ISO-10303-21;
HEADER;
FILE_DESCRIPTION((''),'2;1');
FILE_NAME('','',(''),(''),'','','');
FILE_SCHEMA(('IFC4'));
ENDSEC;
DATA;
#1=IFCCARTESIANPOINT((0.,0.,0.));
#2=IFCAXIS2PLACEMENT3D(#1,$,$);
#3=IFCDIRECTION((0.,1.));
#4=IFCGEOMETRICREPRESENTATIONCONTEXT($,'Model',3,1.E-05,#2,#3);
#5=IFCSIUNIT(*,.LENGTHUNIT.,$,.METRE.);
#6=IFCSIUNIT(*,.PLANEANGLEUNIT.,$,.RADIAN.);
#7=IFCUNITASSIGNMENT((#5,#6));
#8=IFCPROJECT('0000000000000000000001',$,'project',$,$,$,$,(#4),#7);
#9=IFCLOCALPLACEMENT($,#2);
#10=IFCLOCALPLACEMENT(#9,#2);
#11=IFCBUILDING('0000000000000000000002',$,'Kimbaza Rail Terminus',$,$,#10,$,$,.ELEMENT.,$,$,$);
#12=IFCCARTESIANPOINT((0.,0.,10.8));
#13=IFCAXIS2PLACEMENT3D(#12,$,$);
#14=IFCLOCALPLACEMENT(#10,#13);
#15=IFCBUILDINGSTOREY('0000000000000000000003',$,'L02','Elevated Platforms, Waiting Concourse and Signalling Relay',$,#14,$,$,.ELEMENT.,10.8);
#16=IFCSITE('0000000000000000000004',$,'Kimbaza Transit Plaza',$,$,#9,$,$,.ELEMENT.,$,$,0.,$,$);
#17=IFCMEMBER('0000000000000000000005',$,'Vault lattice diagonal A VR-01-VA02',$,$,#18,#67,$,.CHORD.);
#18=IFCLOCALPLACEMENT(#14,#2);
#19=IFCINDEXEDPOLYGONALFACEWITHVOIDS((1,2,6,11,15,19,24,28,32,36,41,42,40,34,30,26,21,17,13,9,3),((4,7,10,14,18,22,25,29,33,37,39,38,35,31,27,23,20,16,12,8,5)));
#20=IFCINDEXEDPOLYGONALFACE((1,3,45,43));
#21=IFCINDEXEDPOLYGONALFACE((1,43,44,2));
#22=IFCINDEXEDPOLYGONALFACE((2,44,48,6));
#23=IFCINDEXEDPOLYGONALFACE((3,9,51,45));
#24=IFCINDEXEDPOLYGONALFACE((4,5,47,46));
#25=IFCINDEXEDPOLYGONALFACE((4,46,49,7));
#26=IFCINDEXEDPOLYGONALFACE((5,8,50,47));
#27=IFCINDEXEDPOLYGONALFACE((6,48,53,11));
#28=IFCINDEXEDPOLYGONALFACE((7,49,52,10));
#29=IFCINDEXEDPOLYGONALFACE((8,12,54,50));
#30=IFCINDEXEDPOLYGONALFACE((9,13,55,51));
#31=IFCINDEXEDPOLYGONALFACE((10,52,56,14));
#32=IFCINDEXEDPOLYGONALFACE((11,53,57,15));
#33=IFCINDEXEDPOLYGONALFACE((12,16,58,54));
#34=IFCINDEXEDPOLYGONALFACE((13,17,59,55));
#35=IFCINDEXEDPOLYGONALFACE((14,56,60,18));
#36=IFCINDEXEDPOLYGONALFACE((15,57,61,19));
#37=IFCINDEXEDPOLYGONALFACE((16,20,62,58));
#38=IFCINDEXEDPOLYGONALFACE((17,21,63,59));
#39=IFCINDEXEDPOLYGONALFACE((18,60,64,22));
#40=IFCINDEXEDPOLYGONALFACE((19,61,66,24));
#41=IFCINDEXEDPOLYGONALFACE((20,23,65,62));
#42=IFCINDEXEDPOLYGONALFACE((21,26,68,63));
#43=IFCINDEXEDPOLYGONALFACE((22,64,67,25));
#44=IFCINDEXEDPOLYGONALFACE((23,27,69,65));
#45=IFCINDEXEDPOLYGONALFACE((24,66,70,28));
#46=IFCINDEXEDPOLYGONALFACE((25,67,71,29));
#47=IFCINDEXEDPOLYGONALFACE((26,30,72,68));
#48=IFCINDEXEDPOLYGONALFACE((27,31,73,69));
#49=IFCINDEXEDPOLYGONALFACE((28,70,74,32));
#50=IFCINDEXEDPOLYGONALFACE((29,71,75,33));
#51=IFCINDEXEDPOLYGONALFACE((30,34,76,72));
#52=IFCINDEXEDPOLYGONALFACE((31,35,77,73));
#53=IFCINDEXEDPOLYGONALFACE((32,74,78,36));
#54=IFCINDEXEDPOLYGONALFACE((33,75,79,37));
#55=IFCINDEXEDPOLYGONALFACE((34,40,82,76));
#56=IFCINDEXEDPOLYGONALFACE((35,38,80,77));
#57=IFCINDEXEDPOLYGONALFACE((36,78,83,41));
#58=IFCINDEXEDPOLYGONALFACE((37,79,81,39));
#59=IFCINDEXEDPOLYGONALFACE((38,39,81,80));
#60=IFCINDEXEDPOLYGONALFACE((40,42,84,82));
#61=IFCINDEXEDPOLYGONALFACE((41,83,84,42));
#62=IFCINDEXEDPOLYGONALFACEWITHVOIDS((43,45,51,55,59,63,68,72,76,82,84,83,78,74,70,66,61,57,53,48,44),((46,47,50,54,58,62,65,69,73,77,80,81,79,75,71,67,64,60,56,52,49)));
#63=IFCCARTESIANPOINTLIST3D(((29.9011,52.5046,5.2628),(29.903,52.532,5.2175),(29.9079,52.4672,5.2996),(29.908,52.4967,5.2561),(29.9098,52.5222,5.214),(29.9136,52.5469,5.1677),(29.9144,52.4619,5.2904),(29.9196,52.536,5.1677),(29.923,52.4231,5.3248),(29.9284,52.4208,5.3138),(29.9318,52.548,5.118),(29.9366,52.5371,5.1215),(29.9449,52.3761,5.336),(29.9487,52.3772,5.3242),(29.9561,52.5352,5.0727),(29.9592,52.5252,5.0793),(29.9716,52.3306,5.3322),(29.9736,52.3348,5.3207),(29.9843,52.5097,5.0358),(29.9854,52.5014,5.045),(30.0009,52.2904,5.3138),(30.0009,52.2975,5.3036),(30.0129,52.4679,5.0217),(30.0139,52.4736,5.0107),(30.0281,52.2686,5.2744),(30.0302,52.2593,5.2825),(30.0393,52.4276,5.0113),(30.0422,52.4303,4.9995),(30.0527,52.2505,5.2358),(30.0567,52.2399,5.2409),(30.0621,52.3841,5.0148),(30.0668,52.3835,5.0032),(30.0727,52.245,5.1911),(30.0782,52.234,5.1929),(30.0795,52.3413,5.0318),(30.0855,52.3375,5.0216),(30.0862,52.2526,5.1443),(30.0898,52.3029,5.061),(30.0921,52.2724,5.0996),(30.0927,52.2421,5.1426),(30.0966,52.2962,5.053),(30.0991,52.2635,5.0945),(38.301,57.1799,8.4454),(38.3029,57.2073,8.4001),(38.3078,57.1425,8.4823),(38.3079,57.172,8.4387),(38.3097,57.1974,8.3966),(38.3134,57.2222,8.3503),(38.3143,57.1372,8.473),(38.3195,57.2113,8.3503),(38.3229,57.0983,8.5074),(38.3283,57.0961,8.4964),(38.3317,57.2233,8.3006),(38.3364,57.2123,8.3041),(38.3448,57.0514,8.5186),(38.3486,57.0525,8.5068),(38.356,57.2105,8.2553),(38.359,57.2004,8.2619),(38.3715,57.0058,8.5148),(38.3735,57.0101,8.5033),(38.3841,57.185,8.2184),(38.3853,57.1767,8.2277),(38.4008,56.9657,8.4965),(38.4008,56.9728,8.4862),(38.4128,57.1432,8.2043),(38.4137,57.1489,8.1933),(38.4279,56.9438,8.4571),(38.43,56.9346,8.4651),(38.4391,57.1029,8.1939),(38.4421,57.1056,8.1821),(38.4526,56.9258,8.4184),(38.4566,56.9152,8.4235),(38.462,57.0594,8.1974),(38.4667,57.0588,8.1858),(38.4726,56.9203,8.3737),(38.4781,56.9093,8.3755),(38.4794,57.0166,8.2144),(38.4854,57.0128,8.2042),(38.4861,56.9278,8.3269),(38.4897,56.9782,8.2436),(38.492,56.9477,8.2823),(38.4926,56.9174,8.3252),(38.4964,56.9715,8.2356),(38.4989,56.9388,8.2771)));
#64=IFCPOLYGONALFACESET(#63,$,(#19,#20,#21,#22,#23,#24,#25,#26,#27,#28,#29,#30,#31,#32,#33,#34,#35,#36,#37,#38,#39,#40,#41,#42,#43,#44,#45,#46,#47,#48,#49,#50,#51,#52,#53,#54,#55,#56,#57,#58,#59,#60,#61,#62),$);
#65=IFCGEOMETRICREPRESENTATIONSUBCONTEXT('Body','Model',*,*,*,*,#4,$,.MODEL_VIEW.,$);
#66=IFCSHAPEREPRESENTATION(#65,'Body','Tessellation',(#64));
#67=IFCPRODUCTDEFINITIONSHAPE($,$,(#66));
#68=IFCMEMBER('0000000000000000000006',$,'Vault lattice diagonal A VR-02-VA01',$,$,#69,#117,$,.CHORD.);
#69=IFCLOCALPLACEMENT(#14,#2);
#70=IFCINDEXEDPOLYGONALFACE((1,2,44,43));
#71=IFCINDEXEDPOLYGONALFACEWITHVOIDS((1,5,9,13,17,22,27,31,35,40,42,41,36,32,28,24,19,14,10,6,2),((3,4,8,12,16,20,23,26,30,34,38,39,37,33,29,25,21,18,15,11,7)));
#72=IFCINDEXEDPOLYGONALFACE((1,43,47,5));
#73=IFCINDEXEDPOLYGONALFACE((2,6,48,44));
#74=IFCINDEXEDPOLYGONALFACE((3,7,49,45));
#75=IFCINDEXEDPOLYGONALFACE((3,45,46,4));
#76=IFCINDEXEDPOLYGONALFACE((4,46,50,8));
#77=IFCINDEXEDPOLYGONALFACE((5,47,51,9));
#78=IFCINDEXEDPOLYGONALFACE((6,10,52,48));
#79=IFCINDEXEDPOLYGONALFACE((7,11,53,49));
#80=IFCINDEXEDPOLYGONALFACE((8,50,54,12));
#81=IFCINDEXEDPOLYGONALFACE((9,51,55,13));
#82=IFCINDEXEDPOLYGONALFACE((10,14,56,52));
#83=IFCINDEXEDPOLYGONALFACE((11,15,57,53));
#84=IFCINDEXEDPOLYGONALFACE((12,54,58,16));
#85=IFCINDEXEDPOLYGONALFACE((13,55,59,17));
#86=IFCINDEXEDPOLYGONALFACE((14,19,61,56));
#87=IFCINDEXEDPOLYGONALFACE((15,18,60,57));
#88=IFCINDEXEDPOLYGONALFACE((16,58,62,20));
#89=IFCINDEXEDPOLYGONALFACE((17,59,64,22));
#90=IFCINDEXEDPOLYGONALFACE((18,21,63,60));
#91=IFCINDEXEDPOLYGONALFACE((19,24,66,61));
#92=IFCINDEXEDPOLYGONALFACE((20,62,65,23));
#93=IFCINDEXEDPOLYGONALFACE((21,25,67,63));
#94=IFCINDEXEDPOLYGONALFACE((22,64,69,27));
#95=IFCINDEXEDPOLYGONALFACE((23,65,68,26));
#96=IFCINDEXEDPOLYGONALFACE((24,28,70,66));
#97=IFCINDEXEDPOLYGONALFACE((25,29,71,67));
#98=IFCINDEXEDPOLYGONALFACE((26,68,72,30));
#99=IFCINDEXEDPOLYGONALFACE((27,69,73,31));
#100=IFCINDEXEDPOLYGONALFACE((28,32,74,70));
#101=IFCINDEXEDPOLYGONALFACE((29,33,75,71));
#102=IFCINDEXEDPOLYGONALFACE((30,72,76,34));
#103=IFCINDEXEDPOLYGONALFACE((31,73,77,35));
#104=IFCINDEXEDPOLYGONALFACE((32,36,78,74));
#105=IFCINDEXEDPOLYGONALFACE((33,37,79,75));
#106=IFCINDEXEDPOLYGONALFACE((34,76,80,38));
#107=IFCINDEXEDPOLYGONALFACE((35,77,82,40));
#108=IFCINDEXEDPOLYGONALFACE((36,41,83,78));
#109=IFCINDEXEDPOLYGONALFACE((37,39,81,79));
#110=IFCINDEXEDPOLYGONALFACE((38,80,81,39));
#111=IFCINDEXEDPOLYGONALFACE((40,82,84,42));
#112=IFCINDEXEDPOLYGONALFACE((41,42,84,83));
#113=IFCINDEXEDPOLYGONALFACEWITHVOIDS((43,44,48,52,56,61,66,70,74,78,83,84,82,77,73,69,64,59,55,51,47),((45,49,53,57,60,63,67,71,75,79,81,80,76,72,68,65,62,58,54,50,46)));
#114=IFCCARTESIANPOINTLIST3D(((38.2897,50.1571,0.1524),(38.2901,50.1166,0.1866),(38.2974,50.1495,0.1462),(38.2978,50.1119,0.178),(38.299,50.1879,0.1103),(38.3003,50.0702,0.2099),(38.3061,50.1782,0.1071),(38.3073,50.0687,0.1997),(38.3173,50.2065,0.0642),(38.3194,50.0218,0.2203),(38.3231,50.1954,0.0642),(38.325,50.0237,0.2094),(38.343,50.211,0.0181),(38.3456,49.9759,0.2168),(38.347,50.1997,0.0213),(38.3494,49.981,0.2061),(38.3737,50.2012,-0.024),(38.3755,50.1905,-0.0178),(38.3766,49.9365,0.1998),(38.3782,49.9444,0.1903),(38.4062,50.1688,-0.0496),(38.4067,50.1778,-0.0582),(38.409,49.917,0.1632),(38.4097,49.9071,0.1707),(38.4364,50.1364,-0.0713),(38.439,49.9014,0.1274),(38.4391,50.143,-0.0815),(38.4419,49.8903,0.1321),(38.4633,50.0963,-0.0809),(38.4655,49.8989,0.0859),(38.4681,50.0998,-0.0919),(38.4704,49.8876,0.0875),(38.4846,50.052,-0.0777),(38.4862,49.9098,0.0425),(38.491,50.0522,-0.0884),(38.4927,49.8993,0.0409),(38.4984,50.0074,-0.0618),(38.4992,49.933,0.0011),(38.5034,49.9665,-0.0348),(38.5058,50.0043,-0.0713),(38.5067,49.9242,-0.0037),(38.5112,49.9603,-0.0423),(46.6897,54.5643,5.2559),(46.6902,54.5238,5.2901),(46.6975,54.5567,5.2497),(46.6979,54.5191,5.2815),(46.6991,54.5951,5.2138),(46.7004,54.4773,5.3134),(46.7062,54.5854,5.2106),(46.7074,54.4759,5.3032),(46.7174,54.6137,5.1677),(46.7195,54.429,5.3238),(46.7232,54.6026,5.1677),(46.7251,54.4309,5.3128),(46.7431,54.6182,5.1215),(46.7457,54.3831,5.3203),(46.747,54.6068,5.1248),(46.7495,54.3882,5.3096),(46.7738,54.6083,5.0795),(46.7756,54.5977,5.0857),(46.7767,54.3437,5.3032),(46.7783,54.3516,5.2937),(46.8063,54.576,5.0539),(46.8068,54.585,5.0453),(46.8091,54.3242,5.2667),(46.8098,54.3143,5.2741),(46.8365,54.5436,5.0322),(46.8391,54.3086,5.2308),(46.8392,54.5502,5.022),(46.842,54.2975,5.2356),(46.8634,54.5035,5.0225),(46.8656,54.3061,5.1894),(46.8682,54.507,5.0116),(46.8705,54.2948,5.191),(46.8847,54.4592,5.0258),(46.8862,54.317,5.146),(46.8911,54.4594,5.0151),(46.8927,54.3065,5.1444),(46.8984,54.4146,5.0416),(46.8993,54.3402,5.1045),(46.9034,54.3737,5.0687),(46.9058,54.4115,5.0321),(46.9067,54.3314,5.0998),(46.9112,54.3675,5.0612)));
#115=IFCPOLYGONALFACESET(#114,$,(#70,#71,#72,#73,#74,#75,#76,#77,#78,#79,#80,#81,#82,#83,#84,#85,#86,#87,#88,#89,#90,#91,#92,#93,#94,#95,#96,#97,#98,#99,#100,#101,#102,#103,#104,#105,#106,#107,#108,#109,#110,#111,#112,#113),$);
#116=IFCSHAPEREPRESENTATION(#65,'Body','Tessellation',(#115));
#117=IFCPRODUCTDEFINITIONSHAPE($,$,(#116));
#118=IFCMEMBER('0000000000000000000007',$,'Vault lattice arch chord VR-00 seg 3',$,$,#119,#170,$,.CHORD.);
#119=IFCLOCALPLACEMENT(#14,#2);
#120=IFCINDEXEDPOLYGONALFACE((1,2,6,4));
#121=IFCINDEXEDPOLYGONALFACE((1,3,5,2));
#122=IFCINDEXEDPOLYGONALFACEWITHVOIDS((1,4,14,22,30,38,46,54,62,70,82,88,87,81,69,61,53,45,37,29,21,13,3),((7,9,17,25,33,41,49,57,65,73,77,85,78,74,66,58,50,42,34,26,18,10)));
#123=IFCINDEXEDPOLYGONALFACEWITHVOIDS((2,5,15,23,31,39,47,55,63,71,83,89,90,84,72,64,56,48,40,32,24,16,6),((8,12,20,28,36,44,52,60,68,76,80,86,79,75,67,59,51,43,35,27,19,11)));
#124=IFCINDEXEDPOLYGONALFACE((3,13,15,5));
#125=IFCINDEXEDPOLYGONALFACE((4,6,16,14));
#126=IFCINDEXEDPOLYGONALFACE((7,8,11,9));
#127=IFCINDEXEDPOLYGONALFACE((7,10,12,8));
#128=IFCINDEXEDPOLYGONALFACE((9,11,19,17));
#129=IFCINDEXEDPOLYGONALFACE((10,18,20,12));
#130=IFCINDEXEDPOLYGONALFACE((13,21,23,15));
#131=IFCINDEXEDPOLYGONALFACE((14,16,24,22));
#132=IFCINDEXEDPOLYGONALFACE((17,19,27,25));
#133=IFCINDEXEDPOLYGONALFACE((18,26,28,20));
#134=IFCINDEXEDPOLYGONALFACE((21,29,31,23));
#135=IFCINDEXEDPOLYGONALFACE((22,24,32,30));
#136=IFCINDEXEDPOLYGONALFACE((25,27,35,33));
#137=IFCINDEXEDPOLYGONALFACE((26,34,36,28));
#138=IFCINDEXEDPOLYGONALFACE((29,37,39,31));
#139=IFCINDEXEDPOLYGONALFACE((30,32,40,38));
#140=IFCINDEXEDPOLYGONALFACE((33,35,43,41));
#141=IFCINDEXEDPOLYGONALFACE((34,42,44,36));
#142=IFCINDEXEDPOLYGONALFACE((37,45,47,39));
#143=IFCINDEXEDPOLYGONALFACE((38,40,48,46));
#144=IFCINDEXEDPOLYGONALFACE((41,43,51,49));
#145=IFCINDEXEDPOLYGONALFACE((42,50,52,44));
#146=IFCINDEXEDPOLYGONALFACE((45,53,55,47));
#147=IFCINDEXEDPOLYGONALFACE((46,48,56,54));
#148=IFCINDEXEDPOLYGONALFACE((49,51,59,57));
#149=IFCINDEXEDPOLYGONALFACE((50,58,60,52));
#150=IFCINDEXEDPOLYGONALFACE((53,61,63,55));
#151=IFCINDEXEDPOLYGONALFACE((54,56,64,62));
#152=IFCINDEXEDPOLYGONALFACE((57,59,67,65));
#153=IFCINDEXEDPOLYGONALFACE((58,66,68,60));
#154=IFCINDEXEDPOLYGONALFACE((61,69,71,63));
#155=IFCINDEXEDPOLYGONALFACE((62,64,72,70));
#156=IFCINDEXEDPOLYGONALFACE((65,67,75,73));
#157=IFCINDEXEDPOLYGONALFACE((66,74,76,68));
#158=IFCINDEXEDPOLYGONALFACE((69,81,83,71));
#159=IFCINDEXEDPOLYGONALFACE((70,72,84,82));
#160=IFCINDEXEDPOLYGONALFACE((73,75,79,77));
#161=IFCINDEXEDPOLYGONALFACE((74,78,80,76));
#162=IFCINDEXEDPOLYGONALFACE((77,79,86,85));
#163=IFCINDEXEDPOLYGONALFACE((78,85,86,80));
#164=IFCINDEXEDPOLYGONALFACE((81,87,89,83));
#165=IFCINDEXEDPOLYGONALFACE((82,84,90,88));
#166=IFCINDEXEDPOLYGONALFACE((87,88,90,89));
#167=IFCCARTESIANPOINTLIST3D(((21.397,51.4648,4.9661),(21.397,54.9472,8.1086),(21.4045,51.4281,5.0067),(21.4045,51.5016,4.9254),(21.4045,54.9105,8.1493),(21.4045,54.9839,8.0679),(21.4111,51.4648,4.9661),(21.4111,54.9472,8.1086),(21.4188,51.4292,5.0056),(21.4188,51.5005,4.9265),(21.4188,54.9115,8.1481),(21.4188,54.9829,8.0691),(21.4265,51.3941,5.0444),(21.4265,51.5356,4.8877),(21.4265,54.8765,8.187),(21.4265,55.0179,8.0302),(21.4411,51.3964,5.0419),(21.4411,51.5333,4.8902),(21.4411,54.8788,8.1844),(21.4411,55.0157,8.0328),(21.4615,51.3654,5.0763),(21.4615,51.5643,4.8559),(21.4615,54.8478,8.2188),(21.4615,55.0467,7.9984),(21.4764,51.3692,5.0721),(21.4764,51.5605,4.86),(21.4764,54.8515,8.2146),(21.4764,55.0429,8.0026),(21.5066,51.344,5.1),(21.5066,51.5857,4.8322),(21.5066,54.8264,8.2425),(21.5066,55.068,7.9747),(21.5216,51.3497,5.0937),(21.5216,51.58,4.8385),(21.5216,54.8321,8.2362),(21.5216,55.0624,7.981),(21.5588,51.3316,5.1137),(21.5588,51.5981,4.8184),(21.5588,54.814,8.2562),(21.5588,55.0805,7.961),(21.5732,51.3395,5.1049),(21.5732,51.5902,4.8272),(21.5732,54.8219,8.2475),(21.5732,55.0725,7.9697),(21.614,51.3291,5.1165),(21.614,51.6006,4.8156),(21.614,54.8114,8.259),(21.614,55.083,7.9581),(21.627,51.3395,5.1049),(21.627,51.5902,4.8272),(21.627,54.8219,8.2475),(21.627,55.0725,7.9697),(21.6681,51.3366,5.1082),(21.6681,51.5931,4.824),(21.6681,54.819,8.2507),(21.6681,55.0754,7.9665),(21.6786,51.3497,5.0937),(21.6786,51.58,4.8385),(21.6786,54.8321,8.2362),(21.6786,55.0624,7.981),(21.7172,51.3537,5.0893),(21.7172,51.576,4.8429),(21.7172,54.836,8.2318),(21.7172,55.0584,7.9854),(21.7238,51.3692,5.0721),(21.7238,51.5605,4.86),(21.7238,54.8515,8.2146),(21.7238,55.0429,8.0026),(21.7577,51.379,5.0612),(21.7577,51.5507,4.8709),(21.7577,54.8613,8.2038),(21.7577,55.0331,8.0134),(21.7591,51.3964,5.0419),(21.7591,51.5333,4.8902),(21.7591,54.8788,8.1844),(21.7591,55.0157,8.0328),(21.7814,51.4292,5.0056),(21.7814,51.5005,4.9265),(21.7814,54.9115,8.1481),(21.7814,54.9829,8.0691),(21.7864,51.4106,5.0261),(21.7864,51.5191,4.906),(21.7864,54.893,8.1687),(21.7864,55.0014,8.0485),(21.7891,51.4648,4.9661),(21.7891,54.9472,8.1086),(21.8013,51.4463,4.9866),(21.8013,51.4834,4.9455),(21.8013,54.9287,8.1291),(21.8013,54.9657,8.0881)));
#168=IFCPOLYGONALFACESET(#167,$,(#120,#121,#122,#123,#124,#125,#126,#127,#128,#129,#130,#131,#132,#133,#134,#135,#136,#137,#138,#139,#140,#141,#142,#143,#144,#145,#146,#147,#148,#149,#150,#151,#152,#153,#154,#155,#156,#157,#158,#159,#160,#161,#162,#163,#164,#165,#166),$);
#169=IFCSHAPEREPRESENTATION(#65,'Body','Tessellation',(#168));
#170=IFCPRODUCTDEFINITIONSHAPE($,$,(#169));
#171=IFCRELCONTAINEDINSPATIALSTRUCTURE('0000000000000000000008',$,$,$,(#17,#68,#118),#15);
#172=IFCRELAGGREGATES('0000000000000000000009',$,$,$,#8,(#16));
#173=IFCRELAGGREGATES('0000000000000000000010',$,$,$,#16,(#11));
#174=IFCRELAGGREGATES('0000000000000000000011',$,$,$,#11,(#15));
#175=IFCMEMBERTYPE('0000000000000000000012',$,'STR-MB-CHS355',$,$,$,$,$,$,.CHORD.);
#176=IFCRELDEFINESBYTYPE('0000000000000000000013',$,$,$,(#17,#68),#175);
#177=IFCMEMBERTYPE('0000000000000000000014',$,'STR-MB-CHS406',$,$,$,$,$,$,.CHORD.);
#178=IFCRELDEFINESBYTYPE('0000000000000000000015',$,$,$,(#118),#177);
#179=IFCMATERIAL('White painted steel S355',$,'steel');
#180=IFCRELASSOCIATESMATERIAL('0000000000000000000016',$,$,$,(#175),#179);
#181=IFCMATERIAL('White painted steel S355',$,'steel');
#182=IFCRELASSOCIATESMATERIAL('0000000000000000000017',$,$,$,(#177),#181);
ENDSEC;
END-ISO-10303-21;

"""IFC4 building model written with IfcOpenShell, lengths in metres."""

from ifc_helpers import new_model, si_unit, direction, frame, origin, origin_2d, place, context, subcontext, project, spatial, hollow_circle, extrude, material, material_profile, profile_set, type_object, element, save


model = new_model("IFC4")

# Units and contexts
model_context = context("Model", 3, precision=1e-05, world=origin(), true_north=direction((0.0, 1.0)))
body_context = subcontext(model_context, "Body", "Model", "MODEL_VIEW")
ifc_project = project(units=[si_unit("LENGTHUNIT", "METRE"), si_unit("PLANEANGLEUNIT", "RADIAN")], contexts=[model_context])

# Site, building, storey
site_placement = place(None, origin())
site = spatial("IfcSite", under=ifc_project, at=site_placement, Name="Kimbaza Transit Plaza", CompositionType="ELEMENT", RefElevation=0.0)
building_placement = place(site_placement, origin())
building = spatial("IfcBuilding", under=site, at=building_placement, Name="Kimbaza Rail Terminus", CompositionType="ELEMENT")
storey_placement = place(building_placement, frame((0.0, 0.0, 10.8)))
storey = spatial("IfcBuildingStorey", under=building, at=storey_placement, Name="L02", Description="Elevated Platforms, Waiting Concourse and Signalling Relay", CompositionType="ELEMENT", Elevation=10.8)

# Members
ifc_material_1 = material(Name="White painted steel S355", Category="steel")
ifc_material_profile_1 = material_profile(ifc_material_1, hollow_circle(Radius=0.1777, WallThickness=0.0125, at=origin_2d()), Name="CHS 355.6x12.5")
ifc_profile_set_1 = profile_set([ifc_material_profile_1], Name="White painted steel S355")
member_type_1 = type_object("IfcMemberType", Name="STR-MB-CHS355", PredefinedType="CHORD", material=ifc_profile_set_1)
member_1_placement = place(storey_placement, frame((30.0, 52.3916, 5.1677), z_axis=(0.829498, 0.461689, 0.314286), x_axis=(-0.486333, 0.873774, 0.0)))
element("IfcMember", 1, at=member_1_placement, inside=storey, type_object=member_type_1, Name="Vault lattice diagonal A VR-01-VA02", PredefinedType="CHORD", context=body_context, shape_type="SweptSolid", body=[
    extrude(hollow_circle(Radius=0.1777, WallThickness=0.0125, at=origin_2d()), origin(), (0.0, 0.0, 1.0), 10.1265),
])
member_2_placement = place(storey_placement, frame((38.3999, 50.0491, 0.0642), z_axis=(0.779827, 0.409144, 0.473784), x_axis=(-0.464598, 0.885522, 0.0)))
element("IfcMember", 2, at=member_2_placement, inside=storey, type_object=member_type_1, Name="Vault lattice diagonal A VR-02-VA01", PredefinedType="CHORD", context=body_context, shape_type="SweptSolid", body=[
    extrude(hollow_circle(Radius=0.1777, WallThickness=0.0125, at=origin_2d()), origin(), (0.0, 0.0, 1.0), 10.7717),
])
ifc_material_2 = material(Name="White painted steel S355", Category="steel")
ifc_material_profile_2 = material_profile(ifc_material_2, hollow_circle(Radius=0.2031, WallThickness=0.0142, at=origin_2d()), Name="CHS 406.4x14.2")
ifc_profile_set_2 = profile_set([ifc_material_profile_2], Name="White painted steel S355")
member_type_2 = type_object("IfcMemberType", Name="STR-MB-CHS406", PredefinedType="CHORD", material=ifc_profile_set_2)
member_3_placement = place(storey_placement, frame((21.6001, 51.4648, 4.9661), z_axis=(0.0, 0.742403, 0.669953), x_axis=(-1.0, 0.0, 0.0)))
element("IfcMember", 3, at=member_3_placement, inside=storey, type_object=member_type_2, Name="Vault lattice arch chord VR-00 seg 3", PredefinedType="CHORD", context=body_context, shape_type="SweptSolid", body=[
    extrude(hollow_circle(Radius=0.2031, WallThickness=0.0142, at=origin_2d()), origin(), (0.0, 0.0, 1.0), 4.6907),
])

save(model, "model.ifc")
